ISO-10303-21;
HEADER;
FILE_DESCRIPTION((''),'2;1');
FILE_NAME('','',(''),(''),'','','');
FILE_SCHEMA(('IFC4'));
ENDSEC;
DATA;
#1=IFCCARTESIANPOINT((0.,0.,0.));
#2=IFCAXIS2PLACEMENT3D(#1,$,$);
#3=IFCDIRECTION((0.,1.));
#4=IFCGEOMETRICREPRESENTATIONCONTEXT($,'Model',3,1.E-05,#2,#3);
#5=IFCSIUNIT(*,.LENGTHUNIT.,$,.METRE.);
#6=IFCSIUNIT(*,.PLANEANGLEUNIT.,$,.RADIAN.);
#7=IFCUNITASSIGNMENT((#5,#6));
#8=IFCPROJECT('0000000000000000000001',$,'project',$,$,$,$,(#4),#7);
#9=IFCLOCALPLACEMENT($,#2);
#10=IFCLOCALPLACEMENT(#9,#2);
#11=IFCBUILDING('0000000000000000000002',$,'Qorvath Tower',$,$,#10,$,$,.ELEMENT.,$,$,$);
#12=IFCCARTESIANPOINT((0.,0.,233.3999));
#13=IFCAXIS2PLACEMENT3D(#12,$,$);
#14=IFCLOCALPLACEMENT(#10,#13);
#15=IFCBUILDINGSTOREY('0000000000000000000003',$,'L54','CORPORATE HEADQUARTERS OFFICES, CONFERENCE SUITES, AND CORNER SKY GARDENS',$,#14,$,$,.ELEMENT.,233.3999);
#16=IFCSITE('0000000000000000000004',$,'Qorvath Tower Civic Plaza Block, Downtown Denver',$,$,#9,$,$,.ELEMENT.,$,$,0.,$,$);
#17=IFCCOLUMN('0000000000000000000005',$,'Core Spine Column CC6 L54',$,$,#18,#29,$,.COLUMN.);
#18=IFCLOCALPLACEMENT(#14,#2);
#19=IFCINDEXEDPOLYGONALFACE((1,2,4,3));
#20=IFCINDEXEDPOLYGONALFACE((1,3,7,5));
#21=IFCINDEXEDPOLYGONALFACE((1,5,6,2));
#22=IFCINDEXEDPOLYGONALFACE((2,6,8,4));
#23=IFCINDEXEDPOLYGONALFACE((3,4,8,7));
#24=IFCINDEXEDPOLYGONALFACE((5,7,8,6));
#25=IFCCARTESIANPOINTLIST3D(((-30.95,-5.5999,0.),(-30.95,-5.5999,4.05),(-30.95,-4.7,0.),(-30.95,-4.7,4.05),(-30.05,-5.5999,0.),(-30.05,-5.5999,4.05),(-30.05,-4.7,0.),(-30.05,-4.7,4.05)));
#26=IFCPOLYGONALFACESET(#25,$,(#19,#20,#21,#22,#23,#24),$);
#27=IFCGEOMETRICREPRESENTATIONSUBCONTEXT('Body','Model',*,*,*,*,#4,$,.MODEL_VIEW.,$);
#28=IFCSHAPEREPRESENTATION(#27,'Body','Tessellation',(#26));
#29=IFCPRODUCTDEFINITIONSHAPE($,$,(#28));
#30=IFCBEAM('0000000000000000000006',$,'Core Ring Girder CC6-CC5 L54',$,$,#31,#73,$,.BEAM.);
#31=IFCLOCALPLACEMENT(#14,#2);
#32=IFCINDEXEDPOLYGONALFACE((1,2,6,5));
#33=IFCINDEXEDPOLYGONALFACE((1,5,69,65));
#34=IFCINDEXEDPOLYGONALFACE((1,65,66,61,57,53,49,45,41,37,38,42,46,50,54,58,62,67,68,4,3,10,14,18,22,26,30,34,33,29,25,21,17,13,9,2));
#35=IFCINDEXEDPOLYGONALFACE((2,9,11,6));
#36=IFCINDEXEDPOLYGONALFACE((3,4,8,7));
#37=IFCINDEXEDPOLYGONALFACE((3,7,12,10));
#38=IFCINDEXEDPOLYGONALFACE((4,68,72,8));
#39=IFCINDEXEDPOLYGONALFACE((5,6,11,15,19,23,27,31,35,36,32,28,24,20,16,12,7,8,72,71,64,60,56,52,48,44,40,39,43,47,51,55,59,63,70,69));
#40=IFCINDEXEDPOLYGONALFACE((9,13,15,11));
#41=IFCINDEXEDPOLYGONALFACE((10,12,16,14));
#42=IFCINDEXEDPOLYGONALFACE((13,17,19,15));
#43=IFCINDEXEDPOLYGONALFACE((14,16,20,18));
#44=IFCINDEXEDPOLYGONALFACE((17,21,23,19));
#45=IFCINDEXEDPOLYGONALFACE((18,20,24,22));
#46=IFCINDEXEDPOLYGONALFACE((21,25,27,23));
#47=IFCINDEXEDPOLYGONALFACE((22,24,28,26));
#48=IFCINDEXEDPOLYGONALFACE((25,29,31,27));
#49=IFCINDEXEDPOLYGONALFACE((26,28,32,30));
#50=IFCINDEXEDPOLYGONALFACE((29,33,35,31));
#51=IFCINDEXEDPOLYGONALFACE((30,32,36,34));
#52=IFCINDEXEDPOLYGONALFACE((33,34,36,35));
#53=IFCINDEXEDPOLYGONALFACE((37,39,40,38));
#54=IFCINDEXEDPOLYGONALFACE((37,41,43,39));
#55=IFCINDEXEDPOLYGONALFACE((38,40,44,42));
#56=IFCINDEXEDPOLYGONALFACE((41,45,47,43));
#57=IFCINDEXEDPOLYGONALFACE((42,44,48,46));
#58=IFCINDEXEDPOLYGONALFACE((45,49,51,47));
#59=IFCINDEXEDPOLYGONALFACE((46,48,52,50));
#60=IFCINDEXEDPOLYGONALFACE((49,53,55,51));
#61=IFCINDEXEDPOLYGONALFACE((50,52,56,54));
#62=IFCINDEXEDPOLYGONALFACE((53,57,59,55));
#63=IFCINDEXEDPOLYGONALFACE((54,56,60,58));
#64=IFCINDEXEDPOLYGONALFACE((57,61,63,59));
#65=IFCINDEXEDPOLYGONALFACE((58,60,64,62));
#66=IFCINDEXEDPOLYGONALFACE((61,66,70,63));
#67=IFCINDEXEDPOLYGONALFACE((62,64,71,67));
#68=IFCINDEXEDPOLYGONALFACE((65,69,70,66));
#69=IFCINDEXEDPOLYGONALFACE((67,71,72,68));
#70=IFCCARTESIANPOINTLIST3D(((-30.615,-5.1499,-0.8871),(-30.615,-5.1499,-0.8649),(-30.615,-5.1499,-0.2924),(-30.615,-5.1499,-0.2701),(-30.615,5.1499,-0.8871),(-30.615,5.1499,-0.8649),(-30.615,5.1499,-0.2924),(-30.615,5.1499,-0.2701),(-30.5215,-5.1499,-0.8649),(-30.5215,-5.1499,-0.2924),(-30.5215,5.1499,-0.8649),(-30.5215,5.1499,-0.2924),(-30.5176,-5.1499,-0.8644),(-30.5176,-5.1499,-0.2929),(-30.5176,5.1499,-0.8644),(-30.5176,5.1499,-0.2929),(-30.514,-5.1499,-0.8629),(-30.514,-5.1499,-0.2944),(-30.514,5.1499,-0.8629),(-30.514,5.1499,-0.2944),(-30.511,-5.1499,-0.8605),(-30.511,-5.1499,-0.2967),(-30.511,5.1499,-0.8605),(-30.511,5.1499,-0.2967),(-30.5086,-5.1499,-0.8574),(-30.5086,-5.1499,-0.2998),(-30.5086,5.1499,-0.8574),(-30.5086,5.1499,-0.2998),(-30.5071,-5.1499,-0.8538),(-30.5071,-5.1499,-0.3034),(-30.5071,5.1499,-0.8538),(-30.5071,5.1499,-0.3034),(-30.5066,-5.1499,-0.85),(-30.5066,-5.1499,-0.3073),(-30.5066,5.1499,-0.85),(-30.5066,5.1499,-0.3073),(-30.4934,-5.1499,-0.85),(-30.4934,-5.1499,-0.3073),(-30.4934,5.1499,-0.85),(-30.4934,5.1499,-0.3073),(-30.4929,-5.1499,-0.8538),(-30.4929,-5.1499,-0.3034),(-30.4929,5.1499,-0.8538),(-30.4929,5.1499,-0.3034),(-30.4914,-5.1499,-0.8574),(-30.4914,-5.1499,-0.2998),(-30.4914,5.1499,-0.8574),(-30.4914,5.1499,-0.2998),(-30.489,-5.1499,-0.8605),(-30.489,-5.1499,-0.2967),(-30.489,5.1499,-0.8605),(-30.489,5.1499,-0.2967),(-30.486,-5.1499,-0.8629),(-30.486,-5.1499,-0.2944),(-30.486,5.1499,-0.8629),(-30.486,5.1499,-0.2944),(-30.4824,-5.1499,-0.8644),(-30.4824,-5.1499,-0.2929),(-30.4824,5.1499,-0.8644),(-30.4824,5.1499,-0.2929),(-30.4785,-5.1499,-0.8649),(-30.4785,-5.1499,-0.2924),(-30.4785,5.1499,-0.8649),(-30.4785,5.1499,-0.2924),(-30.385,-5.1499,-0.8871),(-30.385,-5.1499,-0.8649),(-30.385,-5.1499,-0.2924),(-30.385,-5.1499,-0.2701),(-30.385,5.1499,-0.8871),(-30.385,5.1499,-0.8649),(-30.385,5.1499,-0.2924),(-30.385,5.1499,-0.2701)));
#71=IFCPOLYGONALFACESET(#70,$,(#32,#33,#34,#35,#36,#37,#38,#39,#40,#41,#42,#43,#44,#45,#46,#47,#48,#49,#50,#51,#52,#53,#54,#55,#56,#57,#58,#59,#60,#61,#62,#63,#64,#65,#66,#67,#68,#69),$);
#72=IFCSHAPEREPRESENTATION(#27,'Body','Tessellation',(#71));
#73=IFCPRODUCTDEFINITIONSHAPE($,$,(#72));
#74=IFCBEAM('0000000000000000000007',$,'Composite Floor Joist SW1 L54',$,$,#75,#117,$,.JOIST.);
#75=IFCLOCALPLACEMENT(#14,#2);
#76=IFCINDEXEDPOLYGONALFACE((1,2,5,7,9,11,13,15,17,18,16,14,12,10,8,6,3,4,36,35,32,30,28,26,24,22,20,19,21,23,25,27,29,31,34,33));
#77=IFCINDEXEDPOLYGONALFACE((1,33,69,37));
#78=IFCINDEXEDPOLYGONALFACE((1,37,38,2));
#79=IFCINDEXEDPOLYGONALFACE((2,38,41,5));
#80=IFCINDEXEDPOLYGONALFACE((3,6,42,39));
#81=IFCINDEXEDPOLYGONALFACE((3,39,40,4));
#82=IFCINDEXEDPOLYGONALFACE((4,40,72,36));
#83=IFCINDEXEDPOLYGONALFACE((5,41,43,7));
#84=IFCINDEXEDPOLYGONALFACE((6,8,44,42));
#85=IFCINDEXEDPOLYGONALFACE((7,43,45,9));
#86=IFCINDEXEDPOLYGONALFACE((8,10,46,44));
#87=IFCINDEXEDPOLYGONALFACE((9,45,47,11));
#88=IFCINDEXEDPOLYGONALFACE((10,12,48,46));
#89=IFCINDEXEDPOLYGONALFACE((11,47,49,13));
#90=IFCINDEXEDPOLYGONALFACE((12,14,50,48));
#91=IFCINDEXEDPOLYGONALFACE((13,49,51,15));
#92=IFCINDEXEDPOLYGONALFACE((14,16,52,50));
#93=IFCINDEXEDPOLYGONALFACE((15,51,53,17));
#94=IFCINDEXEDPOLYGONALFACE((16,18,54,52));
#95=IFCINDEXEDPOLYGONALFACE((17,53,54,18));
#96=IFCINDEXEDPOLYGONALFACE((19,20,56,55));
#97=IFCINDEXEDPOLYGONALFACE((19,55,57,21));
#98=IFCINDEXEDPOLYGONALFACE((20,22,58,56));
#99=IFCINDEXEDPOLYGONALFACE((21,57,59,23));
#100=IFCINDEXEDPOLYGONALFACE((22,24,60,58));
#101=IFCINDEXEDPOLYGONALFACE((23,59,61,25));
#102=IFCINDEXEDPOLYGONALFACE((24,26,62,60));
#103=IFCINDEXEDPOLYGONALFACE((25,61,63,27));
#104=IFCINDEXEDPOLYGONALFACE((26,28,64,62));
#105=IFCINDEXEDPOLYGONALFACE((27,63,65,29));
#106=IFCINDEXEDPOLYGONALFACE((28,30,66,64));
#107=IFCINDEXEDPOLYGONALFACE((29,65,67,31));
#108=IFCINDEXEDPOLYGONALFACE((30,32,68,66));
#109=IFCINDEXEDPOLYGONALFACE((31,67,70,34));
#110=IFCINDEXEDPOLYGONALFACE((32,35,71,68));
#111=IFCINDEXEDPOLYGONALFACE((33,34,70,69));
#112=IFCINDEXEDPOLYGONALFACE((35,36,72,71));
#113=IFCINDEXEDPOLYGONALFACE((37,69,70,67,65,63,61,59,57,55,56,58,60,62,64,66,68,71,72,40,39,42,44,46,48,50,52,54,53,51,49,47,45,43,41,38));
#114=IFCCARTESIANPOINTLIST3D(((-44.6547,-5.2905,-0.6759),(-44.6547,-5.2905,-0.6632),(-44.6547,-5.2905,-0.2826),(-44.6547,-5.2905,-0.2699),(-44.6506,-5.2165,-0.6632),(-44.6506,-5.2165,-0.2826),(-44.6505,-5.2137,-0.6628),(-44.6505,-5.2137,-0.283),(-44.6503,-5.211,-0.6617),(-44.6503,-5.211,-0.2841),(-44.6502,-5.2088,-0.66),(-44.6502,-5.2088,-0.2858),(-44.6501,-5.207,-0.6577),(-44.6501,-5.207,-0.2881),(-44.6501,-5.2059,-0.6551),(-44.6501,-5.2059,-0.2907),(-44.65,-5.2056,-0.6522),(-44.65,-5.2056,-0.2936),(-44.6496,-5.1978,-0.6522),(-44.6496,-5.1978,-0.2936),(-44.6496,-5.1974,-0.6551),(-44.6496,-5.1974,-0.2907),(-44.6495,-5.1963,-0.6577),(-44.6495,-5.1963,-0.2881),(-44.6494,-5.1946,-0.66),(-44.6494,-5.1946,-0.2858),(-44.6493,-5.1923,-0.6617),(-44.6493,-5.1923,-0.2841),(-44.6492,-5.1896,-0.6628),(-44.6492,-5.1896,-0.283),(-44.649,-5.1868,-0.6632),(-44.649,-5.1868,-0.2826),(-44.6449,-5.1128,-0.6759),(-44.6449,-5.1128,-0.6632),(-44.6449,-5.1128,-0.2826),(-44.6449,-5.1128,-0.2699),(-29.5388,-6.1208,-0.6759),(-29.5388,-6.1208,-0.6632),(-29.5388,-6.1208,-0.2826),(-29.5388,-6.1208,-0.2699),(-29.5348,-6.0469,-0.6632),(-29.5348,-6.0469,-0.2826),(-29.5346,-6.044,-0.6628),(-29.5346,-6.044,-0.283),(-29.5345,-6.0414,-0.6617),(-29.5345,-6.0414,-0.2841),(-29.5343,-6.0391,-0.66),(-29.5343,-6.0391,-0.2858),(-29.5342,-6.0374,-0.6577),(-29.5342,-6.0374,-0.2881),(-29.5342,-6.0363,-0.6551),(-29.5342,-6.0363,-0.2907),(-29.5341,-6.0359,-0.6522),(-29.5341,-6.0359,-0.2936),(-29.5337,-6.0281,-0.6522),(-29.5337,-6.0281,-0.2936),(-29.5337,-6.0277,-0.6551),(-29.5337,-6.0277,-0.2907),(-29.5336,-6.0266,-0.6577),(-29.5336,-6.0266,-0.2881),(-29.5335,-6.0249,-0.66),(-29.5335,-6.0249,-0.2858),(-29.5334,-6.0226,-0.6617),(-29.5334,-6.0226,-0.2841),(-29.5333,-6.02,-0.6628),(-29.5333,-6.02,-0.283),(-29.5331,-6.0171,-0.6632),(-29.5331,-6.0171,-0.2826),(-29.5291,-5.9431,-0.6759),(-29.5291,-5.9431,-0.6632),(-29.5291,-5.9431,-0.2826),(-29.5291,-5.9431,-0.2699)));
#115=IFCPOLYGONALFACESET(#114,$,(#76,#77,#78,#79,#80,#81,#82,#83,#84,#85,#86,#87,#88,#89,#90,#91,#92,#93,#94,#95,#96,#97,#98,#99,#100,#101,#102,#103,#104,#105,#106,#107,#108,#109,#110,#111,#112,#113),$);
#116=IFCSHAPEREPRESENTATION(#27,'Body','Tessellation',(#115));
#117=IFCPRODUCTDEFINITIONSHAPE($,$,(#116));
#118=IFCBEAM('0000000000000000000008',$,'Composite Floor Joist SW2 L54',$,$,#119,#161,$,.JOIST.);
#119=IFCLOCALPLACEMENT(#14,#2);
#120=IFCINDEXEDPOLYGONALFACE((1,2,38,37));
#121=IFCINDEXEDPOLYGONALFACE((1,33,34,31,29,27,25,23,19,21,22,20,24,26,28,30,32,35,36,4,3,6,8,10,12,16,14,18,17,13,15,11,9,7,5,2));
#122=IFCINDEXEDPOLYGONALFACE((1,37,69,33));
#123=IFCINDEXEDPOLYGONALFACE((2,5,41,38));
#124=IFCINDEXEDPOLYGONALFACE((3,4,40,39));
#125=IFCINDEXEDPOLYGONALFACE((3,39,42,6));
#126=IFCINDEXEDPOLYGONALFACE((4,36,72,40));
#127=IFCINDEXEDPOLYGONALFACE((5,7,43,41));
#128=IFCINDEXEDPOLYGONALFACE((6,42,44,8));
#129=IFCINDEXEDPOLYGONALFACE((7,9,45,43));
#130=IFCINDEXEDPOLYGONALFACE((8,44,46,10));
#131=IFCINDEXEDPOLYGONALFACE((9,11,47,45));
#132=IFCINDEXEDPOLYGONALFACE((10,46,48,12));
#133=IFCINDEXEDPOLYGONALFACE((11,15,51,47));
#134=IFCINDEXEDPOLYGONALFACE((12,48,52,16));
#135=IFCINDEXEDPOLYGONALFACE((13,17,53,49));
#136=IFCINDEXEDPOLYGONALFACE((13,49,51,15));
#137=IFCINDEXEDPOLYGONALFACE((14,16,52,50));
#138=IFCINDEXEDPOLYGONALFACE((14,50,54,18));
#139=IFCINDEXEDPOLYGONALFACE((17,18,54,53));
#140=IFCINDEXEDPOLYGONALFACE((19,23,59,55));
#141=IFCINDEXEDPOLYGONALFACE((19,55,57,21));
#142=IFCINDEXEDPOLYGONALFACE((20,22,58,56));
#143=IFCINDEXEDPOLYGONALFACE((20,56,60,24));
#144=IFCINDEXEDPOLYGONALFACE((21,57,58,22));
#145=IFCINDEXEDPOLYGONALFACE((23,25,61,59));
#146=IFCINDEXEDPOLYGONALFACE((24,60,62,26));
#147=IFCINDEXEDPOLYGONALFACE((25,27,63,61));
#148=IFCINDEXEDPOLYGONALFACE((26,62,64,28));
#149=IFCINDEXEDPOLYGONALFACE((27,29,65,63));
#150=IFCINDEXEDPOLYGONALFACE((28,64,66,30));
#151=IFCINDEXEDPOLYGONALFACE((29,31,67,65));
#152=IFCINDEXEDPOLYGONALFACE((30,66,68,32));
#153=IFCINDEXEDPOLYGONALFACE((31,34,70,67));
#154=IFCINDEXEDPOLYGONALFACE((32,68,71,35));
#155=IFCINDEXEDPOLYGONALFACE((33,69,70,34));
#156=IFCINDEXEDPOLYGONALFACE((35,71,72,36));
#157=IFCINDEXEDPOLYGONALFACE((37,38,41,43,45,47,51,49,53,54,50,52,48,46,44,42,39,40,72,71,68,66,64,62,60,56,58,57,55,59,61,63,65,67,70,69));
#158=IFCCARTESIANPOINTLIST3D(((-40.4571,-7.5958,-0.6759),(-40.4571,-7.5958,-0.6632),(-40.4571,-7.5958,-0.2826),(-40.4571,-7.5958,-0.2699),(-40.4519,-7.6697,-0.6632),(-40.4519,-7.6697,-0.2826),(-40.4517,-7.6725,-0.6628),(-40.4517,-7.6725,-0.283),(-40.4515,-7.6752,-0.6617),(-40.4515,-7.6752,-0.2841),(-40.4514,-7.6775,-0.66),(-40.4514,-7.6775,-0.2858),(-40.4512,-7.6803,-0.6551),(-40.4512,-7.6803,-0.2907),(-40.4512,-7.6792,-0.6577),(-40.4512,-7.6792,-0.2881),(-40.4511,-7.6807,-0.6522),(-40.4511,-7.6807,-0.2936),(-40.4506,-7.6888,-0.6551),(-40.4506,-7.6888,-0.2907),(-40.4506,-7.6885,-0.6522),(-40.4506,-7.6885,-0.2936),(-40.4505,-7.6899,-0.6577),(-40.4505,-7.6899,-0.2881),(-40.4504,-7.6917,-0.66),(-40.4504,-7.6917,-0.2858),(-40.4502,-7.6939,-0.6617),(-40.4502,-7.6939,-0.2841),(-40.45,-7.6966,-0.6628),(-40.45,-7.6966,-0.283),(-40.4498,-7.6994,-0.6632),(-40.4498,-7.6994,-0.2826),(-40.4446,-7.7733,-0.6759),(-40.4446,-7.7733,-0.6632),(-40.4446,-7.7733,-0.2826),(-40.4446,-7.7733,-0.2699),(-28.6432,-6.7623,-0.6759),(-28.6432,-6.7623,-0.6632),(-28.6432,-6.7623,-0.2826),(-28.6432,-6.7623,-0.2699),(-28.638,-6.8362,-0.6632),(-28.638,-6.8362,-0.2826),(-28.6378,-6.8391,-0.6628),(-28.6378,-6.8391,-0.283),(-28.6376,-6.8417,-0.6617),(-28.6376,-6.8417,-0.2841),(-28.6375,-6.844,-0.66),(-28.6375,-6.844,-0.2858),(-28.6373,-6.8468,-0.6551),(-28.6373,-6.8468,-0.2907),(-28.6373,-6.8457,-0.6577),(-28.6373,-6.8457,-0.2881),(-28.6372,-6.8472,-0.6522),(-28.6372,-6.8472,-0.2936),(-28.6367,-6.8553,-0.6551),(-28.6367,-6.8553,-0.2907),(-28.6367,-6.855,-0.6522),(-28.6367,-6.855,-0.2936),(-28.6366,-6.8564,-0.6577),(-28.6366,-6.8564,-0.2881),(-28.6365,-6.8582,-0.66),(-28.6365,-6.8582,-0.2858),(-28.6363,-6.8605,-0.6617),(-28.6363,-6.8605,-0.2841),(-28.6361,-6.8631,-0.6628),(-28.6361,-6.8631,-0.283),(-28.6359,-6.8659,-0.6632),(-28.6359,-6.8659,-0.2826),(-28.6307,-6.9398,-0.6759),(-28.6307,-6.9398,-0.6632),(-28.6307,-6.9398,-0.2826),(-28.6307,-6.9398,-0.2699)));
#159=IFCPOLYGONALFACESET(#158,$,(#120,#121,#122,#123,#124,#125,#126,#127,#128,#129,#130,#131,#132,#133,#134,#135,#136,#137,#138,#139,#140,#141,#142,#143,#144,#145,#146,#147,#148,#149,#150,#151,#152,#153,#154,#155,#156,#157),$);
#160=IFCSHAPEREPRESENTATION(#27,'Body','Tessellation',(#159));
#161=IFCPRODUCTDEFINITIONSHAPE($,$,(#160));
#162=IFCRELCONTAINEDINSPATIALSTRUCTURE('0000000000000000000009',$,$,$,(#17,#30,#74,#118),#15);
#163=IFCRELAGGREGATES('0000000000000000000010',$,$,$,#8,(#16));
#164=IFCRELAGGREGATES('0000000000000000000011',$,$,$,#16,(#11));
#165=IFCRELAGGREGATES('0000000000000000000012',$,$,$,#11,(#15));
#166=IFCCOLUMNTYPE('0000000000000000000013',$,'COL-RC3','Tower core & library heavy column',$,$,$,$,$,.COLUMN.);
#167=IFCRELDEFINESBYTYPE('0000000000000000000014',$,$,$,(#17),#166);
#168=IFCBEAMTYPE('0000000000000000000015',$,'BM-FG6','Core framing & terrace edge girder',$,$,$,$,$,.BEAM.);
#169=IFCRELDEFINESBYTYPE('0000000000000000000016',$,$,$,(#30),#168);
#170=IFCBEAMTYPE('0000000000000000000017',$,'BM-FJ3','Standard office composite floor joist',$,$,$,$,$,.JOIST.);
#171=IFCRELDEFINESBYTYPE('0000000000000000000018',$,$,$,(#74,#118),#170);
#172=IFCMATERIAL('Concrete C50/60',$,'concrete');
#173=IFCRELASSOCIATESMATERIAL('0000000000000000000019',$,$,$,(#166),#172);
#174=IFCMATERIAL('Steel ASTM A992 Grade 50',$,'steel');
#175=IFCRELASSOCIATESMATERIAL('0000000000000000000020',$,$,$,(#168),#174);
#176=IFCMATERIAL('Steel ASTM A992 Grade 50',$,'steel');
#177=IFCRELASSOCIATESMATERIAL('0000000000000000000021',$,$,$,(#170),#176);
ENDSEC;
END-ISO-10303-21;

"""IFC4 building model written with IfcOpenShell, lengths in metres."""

from ifc_helpers import new_model, si_unit, direction, frame, origin, origin_2d, place, context, subcontext, project, spatial, rectangle, i_section, extrude, material, material_profile, profile_set, type_object, element, save


model = new_model("IFC4")

# Units and contexts
model_context = context("Model", 3, precision=1e-05, world=origin(), true_north=direction((0.0, 1.0)))
body_context = subcontext(model_context, "Body", "Model", "MODEL_VIEW")
ifc_project = project(units=[si_unit("LENGTHUNIT", "METRE"), si_unit("PLANEANGLEUNIT", "RADIAN")], contexts=[model_context])

# Site, building, storey
site_placement = place(None, origin())
site = spatial("IfcSite", under=ifc_project, at=site_placement, Name="Qorvath Tower Civic Plaza Block, Downtown Denver", CompositionType="ELEMENT", RefElevation=0.0)
building_placement = place(site_placement, origin())
building = spatial("IfcBuilding", under=site, at=building_placement, Name="Qorvath Tower", CompositionType="ELEMENT")
storey_placement = place(building_placement, frame((0.0, 0.0, 233.3999)))
storey = spatial("IfcBuildingStorey", under=building, at=storey_placement, Name="L54", Description="CORPORATE HEADQUARTERS OFFICES, CONFERENCE SUITES, AND CORNER SKY GARDENS", CompositionType="ELEMENT", Elevation=233.3999)

# Column
ifc_material_1 = material(Name="Concrete C50/60", Category="concrete")
ifc_material_profile_1 = material_profile(ifc_material_1, rectangle(XDim=0.8999, YDim=0.8999, at=origin_2d()), Name="RC 900x900")
ifc_profile_set_1 = profile_set([ifc_material_profile_1], Name="Concrete C50/60")
column_type = type_object("IfcColumnType", Name="COL-RC3", Description="Tower core & library heavy column", PredefinedType="COLUMN", material=ifc_profile_set_1)
column_placement = place(storey_placement, frame((-30.5, -5.1499, 0.0), z_axis=(0.0, 0.0, 1.0), x_axis=(1.0, 0.0, 0.0)))
element("IfcColumn", 1, at=column_placement, inside=storey, type_object=column_type, Name="Core Spine Column CC6 L54", PredefinedType="COLUMN", context=body_context, shape_type="SweptSolid", body=[
    extrude(rectangle(XDim=0.8999, YDim=0.8999, at=origin_2d()), origin(), (0.0, 0.0, 1.0), 4.05),
])

# Beams
ifc_material_2 = material(Name="Steel ASTM A992 Grade 50", Category="steel")
ifc_material_profile_2 = material_profile(ifc_material_2, i_section(OverallWidth=0.23, OverallDepth=0.6169, WebThickness=0.0132, FlangeThickness=0.0222, FilletRadius=0.0149, at=origin_2d()), Name="W24x94")
ifc_profile_set_2 = profile_set([ifc_material_profile_2], Name="Steel ASTM A992 Grade 50")
beam_type_1 = type_object("IfcBeamType", Name="BM-FG6", Description="Core framing & terrace edge girder", PredefinedType="BEAM", material=ifc_profile_set_2)
beam_1_placement = place(storey_placement, frame((-30.5, -5.1499, -0.5786), z_axis=(0.0, 1.0, 0.0), x_axis=(-1.0, 0.0, 0.0)))
element("IfcBeam", 2, at=beam_1_placement, inside=storey, type_object=beam_type_1, Name="Core Ring Girder CC6-CC5 L54", PredefinedType="BEAM", context=body_context, shape_type="SweptSolid", body=[
    extrude(i_section(OverallWidth=0.23, OverallDepth=0.6169, WebThickness=0.0132, FlangeThickness=0.0222, FilletRadius=0.0149, at=origin_2d()), origin(), (0.0, 0.0, 1.0), 10.2998),
])
ifc_material_3 = material(Name="Steel ASTM A992 Grade 50", Category="steel")
ifc_material_profile_3 = material_profile(ifc_material_3, i_section(OverallWidth=0.178, OverallDepth=0.406, WebThickness=0.0078, FlangeThickness=0.0127, FilletRadius=0.011, at=origin_2d()), Name="W16x40")
ifc_profile_set_3 = profile_set([ifc_material_profile_3], Name="Steel ASTM A992 Grade 50")
beam_type_2 = type_object("IfcBeamType", Name="BM-FJ3", Description="Standard office composite floor joist", PredefinedType="JOIST", material=ifc_profile_set_3)
beam_2_placement = place(storey_placement, frame((-29.5339, -6.032, -0.4729), z_axis=(-0.998495, 0.054847, 0.0), x_axis=(-0.054847, -0.998495, 0.0)))
element("IfcBeam", 3, at=beam_2_placement, inside=storey, type_object=beam_type_2, Name="Composite Floor Joist SW1 L54", PredefinedType="JOIST", context=body_context, shape_type="SweptSolid", body=[
    extrude(i_section(OverallWidth=0.178, OverallDepth=0.406, WebThickness=0.0078, FlangeThickness=0.0127, FilletRadius=0.011, at=origin_2d()), origin(), (0.0, 0.0, 1.0), 15.1387),
])
beam_3_placement = place(storey_placement, frame((-28.637, -6.8511, -0.4729), z_axis=(-0.99752, -0.070377, 0.0), x_axis=(0.070377, -0.99752, 0.0)))
element("IfcBeam", 4, at=beam_3_placement, inside=storey, type_object=beam_type_2, Name="Composite Floor Joist SW2 L54", PredefinedType="JOIST", context=body_context, shape_type="SweptSolid", body=[
    extrude(i_section(OverallWidth=0.178, OverallDepth=0.406, WebThickness=0.0078, FlangeThickness=0.0127, FilletRadius=0.011, at=origin_2d()), origin(), (0.0, 0.0, 1.0), 11.8433),
])

save(model, "model.ifc")
